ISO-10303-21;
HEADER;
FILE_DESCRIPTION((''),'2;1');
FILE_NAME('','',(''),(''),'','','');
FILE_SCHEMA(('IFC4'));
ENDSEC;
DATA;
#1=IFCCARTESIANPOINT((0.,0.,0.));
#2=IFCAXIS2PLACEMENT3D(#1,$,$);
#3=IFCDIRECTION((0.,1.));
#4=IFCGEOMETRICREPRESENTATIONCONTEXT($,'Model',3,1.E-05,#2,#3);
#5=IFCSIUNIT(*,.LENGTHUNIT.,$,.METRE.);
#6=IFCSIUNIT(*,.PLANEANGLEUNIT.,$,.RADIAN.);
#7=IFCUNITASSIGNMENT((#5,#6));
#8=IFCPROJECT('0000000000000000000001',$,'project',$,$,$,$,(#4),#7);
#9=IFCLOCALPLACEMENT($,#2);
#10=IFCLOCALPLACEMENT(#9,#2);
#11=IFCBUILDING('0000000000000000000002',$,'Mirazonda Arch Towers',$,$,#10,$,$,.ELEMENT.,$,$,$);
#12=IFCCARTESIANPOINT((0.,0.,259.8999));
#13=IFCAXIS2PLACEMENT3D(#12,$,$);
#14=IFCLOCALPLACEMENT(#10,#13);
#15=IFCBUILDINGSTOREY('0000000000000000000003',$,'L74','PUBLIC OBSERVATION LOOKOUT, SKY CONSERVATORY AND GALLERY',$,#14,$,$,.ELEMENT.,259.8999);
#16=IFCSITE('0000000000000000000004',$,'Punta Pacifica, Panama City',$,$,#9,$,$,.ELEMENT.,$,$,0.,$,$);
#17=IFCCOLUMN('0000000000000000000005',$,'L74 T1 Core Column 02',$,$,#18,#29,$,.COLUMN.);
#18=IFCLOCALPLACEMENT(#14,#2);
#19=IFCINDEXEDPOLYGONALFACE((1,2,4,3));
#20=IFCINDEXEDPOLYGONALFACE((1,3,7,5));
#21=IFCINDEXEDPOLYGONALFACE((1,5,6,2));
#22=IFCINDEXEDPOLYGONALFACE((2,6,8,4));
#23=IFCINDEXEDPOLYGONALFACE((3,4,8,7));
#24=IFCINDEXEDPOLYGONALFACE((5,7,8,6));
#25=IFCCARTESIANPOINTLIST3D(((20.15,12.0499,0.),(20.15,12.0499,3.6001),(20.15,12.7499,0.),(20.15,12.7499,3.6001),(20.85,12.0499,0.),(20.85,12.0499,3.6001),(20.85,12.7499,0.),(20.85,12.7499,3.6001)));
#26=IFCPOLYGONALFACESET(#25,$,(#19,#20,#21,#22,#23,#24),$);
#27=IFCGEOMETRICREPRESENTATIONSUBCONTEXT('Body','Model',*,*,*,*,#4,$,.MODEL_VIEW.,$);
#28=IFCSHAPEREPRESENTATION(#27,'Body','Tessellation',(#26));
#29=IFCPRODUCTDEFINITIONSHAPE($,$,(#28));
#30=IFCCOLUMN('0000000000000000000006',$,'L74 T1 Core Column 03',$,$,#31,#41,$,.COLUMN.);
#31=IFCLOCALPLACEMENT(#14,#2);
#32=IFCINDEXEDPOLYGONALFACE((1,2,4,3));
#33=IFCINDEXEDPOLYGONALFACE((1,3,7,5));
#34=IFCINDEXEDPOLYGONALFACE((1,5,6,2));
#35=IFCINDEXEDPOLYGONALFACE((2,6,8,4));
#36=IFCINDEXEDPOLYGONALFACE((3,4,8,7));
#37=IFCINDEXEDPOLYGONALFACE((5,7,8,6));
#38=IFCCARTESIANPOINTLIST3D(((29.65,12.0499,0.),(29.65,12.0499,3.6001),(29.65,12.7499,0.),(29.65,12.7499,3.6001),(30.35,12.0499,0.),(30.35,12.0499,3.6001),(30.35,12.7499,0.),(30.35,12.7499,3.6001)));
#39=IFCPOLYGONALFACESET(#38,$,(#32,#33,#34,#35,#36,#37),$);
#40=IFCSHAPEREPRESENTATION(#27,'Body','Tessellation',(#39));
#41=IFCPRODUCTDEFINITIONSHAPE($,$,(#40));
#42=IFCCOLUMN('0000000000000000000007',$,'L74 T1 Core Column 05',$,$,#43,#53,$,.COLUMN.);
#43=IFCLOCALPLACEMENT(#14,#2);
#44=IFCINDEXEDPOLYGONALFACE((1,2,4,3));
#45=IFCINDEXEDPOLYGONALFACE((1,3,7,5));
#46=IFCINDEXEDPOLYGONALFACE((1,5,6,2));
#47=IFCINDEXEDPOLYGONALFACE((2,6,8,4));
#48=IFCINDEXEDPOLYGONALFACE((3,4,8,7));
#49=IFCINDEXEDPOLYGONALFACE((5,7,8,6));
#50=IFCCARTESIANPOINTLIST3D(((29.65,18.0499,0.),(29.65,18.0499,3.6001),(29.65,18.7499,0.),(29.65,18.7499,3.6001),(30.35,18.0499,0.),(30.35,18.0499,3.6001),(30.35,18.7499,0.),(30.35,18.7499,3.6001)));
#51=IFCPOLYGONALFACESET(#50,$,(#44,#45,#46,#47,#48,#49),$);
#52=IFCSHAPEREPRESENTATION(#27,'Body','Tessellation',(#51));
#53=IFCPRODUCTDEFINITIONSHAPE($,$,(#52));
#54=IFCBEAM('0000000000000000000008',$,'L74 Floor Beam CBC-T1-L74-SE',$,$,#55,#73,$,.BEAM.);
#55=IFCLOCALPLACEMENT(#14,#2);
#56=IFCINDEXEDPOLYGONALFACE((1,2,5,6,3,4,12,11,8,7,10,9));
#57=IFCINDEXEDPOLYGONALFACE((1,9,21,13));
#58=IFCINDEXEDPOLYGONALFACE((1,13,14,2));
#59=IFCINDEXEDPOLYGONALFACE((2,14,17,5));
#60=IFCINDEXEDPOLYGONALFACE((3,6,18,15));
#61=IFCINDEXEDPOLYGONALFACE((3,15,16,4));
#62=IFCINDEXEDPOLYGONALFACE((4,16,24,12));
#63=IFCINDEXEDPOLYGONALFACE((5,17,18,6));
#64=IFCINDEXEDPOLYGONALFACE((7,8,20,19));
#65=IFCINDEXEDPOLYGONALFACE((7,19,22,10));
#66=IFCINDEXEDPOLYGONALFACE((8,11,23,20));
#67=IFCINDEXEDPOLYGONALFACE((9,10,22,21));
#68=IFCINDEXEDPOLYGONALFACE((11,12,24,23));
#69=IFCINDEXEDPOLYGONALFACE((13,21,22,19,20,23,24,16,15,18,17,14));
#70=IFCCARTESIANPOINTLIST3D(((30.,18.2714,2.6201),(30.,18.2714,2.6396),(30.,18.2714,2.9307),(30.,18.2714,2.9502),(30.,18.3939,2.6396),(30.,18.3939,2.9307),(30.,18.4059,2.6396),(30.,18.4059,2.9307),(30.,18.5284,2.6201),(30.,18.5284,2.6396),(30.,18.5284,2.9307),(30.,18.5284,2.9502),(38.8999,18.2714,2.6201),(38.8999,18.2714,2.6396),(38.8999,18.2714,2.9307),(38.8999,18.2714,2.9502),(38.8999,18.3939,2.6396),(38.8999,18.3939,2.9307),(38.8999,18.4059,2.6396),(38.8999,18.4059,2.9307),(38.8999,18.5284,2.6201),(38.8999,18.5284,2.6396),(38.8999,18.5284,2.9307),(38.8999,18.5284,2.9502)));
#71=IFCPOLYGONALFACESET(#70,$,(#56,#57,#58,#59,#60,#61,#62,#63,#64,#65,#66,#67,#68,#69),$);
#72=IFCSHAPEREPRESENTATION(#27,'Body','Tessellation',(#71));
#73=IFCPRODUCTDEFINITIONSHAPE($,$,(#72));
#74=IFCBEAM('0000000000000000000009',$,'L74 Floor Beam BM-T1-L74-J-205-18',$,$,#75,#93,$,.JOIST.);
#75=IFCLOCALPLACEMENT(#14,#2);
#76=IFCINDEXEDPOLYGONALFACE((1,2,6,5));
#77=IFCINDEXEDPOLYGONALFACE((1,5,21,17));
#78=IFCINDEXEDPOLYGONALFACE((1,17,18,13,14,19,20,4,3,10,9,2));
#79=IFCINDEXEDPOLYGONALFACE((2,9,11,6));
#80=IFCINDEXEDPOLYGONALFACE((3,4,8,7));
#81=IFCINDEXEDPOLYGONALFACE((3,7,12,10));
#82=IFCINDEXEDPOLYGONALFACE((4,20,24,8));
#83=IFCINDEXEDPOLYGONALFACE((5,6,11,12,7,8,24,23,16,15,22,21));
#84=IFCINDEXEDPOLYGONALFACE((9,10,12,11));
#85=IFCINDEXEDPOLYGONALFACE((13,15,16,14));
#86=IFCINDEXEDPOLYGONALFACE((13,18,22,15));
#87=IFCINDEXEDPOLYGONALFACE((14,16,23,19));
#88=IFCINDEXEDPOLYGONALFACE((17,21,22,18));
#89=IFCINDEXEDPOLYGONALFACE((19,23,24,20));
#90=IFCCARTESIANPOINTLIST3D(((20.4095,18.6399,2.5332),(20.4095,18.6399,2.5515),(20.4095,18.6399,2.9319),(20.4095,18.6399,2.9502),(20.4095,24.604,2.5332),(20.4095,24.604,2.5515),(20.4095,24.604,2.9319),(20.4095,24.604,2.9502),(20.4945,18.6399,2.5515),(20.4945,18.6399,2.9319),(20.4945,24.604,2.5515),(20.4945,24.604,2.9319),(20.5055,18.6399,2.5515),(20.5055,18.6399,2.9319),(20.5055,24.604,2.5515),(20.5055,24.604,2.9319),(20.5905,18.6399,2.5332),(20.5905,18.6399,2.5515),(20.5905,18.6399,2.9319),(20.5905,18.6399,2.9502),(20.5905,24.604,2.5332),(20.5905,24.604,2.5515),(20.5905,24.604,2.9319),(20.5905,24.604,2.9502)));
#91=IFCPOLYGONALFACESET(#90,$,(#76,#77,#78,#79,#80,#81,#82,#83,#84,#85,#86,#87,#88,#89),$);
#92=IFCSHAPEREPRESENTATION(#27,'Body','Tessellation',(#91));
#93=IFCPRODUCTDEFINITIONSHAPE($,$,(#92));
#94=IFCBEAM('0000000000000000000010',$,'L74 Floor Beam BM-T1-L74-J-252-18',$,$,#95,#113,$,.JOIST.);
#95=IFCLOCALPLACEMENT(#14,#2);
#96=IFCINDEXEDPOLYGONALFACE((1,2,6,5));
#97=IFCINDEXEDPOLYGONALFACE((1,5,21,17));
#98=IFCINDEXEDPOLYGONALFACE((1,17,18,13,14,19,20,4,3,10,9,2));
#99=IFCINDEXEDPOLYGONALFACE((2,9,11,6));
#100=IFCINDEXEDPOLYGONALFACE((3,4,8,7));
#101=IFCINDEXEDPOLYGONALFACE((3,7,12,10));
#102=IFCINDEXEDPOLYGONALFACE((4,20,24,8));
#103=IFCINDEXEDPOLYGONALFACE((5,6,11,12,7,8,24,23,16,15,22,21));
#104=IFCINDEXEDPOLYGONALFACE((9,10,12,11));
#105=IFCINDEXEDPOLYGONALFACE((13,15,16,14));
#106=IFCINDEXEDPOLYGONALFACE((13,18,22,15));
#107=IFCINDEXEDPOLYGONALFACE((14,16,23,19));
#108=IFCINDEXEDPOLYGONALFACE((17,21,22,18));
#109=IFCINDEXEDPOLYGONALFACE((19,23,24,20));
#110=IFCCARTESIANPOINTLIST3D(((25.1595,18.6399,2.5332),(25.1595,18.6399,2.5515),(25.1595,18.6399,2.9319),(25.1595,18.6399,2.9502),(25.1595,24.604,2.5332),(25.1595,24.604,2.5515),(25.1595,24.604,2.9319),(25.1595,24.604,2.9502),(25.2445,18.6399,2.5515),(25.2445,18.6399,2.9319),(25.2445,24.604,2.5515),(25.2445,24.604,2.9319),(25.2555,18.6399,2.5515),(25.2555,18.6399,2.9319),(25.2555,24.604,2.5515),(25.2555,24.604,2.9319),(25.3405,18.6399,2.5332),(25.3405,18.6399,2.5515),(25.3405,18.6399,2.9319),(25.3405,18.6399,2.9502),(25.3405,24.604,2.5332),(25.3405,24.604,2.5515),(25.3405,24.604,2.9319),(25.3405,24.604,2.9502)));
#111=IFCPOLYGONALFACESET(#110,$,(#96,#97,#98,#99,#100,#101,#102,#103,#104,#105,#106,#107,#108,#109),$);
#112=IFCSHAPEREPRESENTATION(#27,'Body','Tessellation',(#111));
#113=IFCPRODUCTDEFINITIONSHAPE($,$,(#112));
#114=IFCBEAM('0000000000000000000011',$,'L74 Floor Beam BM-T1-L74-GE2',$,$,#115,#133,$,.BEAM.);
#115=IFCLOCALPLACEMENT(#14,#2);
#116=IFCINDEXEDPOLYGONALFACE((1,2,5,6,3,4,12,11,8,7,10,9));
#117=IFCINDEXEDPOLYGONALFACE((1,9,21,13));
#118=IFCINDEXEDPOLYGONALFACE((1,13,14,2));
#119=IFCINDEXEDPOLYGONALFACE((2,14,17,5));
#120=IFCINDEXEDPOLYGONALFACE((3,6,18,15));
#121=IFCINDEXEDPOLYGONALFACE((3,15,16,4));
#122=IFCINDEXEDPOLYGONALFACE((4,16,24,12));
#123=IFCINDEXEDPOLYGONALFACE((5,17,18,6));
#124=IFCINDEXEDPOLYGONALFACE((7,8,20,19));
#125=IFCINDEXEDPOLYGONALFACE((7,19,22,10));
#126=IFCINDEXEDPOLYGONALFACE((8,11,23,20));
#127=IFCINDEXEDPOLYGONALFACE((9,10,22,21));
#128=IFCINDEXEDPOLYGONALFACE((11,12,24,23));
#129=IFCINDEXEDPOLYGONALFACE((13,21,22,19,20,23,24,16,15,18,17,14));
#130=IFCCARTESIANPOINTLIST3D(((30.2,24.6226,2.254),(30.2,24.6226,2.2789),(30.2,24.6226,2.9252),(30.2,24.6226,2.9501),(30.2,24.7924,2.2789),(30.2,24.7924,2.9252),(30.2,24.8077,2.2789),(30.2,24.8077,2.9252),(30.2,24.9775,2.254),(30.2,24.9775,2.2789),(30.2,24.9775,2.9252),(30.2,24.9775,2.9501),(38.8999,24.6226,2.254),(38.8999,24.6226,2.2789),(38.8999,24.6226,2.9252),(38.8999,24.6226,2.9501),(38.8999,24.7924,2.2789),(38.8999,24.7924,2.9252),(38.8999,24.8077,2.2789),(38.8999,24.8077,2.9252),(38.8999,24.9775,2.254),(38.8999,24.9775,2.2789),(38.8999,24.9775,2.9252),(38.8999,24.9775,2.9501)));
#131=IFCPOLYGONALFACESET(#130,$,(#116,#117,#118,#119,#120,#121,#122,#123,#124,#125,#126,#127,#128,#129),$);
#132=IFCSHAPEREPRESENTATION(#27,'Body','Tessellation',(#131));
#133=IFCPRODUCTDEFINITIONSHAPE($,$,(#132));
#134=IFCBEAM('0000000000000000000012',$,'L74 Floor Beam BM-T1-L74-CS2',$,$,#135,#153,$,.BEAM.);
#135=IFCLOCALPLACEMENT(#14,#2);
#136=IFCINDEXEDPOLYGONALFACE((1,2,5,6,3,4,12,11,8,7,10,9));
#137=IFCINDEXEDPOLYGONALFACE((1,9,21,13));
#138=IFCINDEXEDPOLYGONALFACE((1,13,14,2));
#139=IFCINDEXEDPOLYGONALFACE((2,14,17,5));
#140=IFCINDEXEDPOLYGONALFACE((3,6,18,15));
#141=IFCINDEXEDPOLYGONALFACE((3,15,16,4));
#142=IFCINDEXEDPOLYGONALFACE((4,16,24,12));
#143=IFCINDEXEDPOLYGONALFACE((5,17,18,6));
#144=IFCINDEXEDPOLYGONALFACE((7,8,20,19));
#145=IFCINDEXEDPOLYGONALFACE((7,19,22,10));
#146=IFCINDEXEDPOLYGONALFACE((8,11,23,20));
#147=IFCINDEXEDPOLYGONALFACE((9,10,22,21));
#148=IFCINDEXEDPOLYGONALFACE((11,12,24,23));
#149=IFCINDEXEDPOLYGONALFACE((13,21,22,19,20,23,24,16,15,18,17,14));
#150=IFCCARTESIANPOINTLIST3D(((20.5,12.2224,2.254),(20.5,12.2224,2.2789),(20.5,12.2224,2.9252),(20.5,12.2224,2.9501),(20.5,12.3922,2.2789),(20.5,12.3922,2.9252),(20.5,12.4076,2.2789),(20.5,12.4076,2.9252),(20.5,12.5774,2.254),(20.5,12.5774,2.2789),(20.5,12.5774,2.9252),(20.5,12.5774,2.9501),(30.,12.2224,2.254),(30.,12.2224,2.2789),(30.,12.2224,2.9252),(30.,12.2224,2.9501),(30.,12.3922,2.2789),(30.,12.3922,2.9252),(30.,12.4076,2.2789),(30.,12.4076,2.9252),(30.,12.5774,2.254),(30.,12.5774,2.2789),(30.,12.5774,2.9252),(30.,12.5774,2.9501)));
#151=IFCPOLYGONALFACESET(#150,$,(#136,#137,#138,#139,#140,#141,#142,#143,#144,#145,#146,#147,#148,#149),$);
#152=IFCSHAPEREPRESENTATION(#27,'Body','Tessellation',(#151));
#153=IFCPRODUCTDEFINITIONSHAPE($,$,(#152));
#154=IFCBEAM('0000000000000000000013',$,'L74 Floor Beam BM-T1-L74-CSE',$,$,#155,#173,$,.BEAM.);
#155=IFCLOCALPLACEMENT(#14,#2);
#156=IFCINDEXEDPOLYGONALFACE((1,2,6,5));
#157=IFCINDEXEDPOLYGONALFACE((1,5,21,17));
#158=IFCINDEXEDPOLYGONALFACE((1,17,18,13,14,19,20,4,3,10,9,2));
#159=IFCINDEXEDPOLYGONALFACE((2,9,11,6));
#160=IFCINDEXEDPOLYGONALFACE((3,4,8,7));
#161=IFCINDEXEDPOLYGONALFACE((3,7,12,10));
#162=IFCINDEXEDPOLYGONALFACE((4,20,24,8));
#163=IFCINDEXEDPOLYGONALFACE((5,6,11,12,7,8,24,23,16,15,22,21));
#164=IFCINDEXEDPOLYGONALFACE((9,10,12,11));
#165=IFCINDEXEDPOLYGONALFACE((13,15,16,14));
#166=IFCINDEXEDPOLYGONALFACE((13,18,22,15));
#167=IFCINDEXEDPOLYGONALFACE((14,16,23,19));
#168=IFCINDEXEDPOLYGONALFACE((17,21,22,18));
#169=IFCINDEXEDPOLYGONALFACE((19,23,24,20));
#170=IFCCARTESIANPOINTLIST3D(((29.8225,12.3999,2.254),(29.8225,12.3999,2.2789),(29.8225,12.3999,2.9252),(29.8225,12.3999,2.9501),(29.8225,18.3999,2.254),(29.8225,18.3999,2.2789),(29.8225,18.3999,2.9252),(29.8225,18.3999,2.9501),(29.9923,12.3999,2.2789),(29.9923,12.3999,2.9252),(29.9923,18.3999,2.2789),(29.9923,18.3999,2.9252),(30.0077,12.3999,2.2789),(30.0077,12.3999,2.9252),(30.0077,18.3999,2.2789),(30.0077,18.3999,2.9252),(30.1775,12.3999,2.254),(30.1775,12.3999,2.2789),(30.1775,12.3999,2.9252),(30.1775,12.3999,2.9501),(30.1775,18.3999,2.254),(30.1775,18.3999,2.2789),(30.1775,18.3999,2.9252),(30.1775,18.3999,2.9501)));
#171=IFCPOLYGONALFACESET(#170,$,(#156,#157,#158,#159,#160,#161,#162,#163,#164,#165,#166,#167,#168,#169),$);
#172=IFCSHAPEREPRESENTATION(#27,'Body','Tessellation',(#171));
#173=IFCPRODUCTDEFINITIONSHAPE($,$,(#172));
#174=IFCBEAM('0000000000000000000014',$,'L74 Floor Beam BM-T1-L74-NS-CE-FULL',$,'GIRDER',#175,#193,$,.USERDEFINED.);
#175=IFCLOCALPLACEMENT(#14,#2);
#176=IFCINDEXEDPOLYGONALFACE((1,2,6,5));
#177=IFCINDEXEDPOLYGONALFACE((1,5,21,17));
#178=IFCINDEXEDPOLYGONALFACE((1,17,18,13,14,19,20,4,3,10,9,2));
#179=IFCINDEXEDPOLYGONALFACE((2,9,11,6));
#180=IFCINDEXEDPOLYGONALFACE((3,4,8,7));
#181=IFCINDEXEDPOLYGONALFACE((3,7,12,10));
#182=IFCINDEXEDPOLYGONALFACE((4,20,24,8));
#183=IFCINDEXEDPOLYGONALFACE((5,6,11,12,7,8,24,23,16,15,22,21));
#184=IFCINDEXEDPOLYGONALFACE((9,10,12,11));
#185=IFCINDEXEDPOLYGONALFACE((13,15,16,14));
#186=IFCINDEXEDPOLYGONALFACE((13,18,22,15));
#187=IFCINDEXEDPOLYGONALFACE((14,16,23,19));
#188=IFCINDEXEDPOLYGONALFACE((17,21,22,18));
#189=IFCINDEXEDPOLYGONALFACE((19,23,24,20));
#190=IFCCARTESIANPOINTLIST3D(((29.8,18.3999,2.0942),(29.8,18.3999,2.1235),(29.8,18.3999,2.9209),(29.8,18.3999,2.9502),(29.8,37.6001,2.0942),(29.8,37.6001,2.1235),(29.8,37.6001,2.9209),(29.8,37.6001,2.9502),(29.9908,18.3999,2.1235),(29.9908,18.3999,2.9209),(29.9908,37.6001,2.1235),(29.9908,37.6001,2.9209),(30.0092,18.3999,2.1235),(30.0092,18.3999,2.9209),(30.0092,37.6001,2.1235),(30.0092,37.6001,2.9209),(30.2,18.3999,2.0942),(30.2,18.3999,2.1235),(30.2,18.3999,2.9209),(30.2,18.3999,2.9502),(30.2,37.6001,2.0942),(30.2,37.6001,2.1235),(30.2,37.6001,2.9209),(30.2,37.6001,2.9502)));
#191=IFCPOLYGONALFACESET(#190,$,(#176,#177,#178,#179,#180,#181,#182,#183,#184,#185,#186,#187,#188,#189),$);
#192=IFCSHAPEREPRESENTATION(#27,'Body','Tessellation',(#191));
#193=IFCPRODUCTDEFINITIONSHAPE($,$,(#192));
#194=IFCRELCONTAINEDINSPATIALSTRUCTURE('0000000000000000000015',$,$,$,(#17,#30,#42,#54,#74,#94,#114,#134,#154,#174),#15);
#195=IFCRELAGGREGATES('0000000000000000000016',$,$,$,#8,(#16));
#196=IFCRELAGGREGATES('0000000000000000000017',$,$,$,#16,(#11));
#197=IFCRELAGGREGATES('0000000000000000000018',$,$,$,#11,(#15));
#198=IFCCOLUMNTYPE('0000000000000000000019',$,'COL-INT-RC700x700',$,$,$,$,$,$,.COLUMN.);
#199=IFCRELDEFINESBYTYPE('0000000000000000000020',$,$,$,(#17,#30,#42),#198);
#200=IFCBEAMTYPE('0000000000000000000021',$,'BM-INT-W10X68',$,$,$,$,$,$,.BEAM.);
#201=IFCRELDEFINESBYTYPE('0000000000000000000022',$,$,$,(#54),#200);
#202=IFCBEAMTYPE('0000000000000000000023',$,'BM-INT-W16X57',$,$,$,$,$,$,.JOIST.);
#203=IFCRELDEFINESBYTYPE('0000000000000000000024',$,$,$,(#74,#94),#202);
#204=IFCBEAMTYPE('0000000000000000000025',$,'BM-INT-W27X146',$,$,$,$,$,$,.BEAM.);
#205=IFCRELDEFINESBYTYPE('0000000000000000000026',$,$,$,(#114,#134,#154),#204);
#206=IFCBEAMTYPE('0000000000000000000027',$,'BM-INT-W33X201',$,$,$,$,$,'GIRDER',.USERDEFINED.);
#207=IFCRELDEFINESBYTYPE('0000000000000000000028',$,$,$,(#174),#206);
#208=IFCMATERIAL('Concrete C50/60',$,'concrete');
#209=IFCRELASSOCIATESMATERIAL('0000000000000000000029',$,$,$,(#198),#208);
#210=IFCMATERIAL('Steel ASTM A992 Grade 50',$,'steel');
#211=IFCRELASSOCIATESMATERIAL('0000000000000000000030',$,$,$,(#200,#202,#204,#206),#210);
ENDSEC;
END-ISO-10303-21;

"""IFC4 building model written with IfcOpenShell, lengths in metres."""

from ifc_helpers import new_model, si_unit, direction, frame, origin, origin_2d, place, context, subcontext, project, spatial, rectangle, i_section, extrude, material, material_profile, profile_set, type_object, element, save


model = new_model("IFC4")

# Units and contexts
model_context = context("Model", 3, precision=1e-05, world=origin(), true_north=direction((0.0, 1.0)))
body_context = subcontext(model_context, "Body", "Model", "MODEL_VIEW")
ifc_project = project(units=[si_unit("LENGTHUNIT", "METRE"), si_unit("PLANEANGLEUNIT", "RADIAN")], contexts=[model_context])

# Site, building, storey
site_placement = place(None, origin())
site = spatial("IfcSite", under=ifc_project, at=site_placement, Name="Punta Pacifica, Panama City", CompositionType="ELEMENT", RefElevation=0.0)
building_placement = place(site_placement, origin())
building = spatial("IfcBuilding", under=site, at=building_placement, Name="Mirazonda Arch Towers", CompositionType="ELEMENT")
storey_placement = place(building_placement, frame((0.0, 0.0, 259.8999)))
storey = spatial("IfcBuildingStorey", under=building, at=storey_placement, Name="L74", Description="PUBLIC OBSERVATION LOOKOUT, SKY CONSERVATORY AND GALLERY", CompositionType="ELEMENT", Elevation=259.8999)

# Columns
ifc_material_1 = material(Name="Concrete C50/60", Category="concrete")
ifc_material_profile_1 = material_profile(ifc_material_1, rectangle(XDim=0.7, YDim=0.7, at=origin_2d()), Name="RC700x700")
ifc_profile_set_1 = profile_set([ifc_material_profile_1], Name="Concrete C50/60")
column_type = type_object("IfcColumnType", Name="COL-INT-RC700x700", PredefinedType="COLUMN", material=ifc_profile_set_1)
for number, where, z_axis, x_axis, name in (
    (1, (20.5, 12.3999, 0.0), (0.0, 0.0, 1.0), (1.0, 0.0, 0.0), "L74 T1 Core Column 02"),
    (2, (30.0, 12.3999, 0.0), (0.0, 0.0, 1.0), (1.0, 0.0, 0.0), "L74 T1 Core Column 03"),
    (3, (30.0, 18.3999, 0.0), (0.0, 0.0, 1.0), (1.0, 0.0, 0.0), "L74 T1 Core Column 05"),
):
    element("IfcColumn", number, at=place(storey_placement, frame(where, z_axis=z_axis, x_axis=x_axis)), inside=storey, type_object=column_type, Name=name, PredefinedType="COLUMN", context=body_context, shape_type="SweptSolid", body=[
        extrude(rectangle(XDim=0.7, YDim=0.7, at=origin_2d()), origin(), (0.0, 0.0, 1.0), 3.6001),
    ])

# Beams
ifc_material_2 = material(Name="Steel ASTM A992 Grade 50", Category="steel")
ifc_material_profile_2 = material_profile(ifc_material_2, i_section(OverallWidth=0.2571, OverallDepth=0.3301, WebThickness=0.012, FlangeThickness=0.0195, at=origin_2d()), Name="W10X68")
ifc_profile_set_2 = profile_set([ifc_material_profile_2], Name="Steel ASTM A992 Grade 50")
beam_type_1 = type_object("IfcBeamType", Name="BM-INT-W10X68", PredefinedType="BEAM", material=ifc_profile_set_2)
beam_1_placement = place(storey_placement, frame((30.0, 18.3999, 2.7852), z_axis=(1.0, 0.0, 0.0), x_axis=(0.0, 1.0, 0.0)))
element("IfcBeam", 4, at=beam_1_placement, inside=storey, type_object=beam_type_1, Name="L74 Floor Beam CBC-T1-L74-SE", PredefinedType="BEAM", context=body_context, shape_type="SweptSolid", body=[
    extrude(i_section(OverallWidth=0.2571, OverallDepth=0.3301, WebThickness=0.012, FlangeThickness=0.0195, at=origin_2d()), origin(), (0.0, 0.0, 1.0), 8.8999),
])
ifc_material_profile_3 = material_profile(ifc_material_2, i_section(OverallWidth=0.1809, OverallDepth=0.417, WebThickness=0.011, FlangeThickness=0.0183, at=origin_2d()), Name="W16X57")
ifc_profile_set_3 = profile_set([ifc_material_profile_3], Name="Steel ASTM A992 Grade 50")
beam_type_2 = type_object("IfcBeamType", Name="BM-INT-W16X57", PredefinedType="JOIST", material=ifc_profile_set_3)
for number, where, z_axis, x_axis, name in (
    (5, (20.5, 18.6399, 2.7417), (0.0, 1.0, 0.0), (-1.0, 0.0, 0.0), "L74 Floor Beam BM-T1-L74-J-205-18"),
    (6, (25.25, 18.6399, 2.7417), (0.0, 1.0, 0.0), (-1.0, 0.0, 0.0), "L74 Floor Beam BM-T1-L74-J-252-18"),
):
    element("IfcBeam", number, at=place(storey_placement, frame(where, z_axis=z_axis, x_axis=x_axis)), inside=storey, type_object=beam_type_2, Name=name, PredefinedType="JOIST", context=body_context, shape_type="SweptSolid", body=[
        extrude(i_section(OverallWidth=0.1809, OverallDepth=0.417, WebThickness=0.011, FlangeThickness=0.0183, at=origin_2d()), origin(), (0.0, 0.0, 1.0), 5.9641),
    ])
ifc_material_profile_4 = material_profile(ifc_material_2, i_section(OverallWidth=0.355, OverallDepth=0.696, WebThickness=0.0154, FlangeThickness=0.0249, at=origin_2d()), Name="W27X146")
ifc_profile_set_4 = profile_set([ifc_material_profile_4], Name="Steel ASTM A992 Grade 50")
beam_type_3 = type_object("IfcBeamType", Name="BM-INT-W27X146", PredefinedType="BEAM", material=ifc_profile_set_4)
beam_2_placement = place(storey_placement, frame((30.2, 24.8, 2.6021), z_axis=(1.0, 0.0, 0.0), x_axis=(0.0, 1.0, 0.0)))
element("IfcBeam", 7, at=beam_2_placement, inside=storey, type_object=beam_type_3, Name="L74 Floor Beam BM-T1-L74-GE2", PredefinedType="BEAM", context=body_context, shape_type="SweptSolid", body=[
    extrude(i_section(OverallWidth=0.355, OverallDepth=0.696, WebThickness=0.0154, FlangeThickness=0.0249, at=origin_2d()), origin(), (0.0, 0.0, 1.0), 8.7),
])
beam_3_placement = place(storey_placement, frame((20.5, 12.3999, 2.6021), z_axis=(1.0, 0.0, 0.0), x_axis=(0.0, 1.0, 0.0)))
element("IfcBeam", 8, at=beam_3_placement, inside=storey, type_object=beam_type_3, Name="L74 Floor Beam BM-T1-L74-CS2", PredefinedType="BEAM", context=body_context, shape_type="SweptSolid", body=[
    extrude(i_section(OverallWidth=0.355, OverallDepth=0.696, WebThickness=0.0154, FlangeThickness=0.0249, at=origin_2d()), origin(), (0.0, 0.0, 1.0), 9.5),
])
beam_4_placement = place(storey_placement, frame((30.0, 12.3999, 2.6021), z_axis=(0.0, 1.0, 0.0), x_axis=(-1.0, 0.0, 0.0)))
element("IfcBeam", 9, at=beam_4_placement, inside=storey, type_object=beam_type_3, Name="L74 Floor Beam BM-T1-L74-CSE", PredefinedType="BEAM", context=body_context, shape_type="SweptSolid", body=[
    extrude(i_section(OverallWidth=0.355, OverallDepth=0.696, WebThickness=0.0154, FlangeThickness=0.0249, at=origin_2d()), origin(), (0.0, 0.0, 1.0), 6.0),
])
ifc_material_profile_5 = material_profile(ifc_material_2, i_section(OverallWidth=0.3999, OverallDepth=0.856, WebThickness=0.0183, FlangeThickness=0.0293, at=origin_2d()), Name="W33X201")
ifc_profile_set_5 = profile_set([ifc_material_profile_5], Name="Steel ASTM A992 Grade 50")
beam_type_4 = type_object("IfcBeamType", Name="BM-INT-W33X201", ElementType="GIRDER", PredefinedType="USERDEFINED", material=ifc_profile_set_5)
beam_5_placement = place(storey_placement, frame((30.0, 18.3999, 2.5222), z_axis=(0.0, 1.0, 0.0), x_axis=(-1.0, 0.0, 0.0)))
element("IfcBeam", 10, at=beam_5_placement, inside=storey, type_object=beam_type_4, Name="L74 Floor Beam BM-T1-L74-NS-CE-FULL", ObjectType="GIRDER", PredefinedType="USERDEFINED", context=body_context, shape_type="SweptSolid", body=[
    extrude(i_section(OverallWidth=0.3999, OverallDepth=0.856, WebThickness=0.0183, FlangeThickness=0.0293, at=origin_2d()), origin(), (0.0, 0.0, 1.0), 19.2002),
])

save(model, "model.ifc")
